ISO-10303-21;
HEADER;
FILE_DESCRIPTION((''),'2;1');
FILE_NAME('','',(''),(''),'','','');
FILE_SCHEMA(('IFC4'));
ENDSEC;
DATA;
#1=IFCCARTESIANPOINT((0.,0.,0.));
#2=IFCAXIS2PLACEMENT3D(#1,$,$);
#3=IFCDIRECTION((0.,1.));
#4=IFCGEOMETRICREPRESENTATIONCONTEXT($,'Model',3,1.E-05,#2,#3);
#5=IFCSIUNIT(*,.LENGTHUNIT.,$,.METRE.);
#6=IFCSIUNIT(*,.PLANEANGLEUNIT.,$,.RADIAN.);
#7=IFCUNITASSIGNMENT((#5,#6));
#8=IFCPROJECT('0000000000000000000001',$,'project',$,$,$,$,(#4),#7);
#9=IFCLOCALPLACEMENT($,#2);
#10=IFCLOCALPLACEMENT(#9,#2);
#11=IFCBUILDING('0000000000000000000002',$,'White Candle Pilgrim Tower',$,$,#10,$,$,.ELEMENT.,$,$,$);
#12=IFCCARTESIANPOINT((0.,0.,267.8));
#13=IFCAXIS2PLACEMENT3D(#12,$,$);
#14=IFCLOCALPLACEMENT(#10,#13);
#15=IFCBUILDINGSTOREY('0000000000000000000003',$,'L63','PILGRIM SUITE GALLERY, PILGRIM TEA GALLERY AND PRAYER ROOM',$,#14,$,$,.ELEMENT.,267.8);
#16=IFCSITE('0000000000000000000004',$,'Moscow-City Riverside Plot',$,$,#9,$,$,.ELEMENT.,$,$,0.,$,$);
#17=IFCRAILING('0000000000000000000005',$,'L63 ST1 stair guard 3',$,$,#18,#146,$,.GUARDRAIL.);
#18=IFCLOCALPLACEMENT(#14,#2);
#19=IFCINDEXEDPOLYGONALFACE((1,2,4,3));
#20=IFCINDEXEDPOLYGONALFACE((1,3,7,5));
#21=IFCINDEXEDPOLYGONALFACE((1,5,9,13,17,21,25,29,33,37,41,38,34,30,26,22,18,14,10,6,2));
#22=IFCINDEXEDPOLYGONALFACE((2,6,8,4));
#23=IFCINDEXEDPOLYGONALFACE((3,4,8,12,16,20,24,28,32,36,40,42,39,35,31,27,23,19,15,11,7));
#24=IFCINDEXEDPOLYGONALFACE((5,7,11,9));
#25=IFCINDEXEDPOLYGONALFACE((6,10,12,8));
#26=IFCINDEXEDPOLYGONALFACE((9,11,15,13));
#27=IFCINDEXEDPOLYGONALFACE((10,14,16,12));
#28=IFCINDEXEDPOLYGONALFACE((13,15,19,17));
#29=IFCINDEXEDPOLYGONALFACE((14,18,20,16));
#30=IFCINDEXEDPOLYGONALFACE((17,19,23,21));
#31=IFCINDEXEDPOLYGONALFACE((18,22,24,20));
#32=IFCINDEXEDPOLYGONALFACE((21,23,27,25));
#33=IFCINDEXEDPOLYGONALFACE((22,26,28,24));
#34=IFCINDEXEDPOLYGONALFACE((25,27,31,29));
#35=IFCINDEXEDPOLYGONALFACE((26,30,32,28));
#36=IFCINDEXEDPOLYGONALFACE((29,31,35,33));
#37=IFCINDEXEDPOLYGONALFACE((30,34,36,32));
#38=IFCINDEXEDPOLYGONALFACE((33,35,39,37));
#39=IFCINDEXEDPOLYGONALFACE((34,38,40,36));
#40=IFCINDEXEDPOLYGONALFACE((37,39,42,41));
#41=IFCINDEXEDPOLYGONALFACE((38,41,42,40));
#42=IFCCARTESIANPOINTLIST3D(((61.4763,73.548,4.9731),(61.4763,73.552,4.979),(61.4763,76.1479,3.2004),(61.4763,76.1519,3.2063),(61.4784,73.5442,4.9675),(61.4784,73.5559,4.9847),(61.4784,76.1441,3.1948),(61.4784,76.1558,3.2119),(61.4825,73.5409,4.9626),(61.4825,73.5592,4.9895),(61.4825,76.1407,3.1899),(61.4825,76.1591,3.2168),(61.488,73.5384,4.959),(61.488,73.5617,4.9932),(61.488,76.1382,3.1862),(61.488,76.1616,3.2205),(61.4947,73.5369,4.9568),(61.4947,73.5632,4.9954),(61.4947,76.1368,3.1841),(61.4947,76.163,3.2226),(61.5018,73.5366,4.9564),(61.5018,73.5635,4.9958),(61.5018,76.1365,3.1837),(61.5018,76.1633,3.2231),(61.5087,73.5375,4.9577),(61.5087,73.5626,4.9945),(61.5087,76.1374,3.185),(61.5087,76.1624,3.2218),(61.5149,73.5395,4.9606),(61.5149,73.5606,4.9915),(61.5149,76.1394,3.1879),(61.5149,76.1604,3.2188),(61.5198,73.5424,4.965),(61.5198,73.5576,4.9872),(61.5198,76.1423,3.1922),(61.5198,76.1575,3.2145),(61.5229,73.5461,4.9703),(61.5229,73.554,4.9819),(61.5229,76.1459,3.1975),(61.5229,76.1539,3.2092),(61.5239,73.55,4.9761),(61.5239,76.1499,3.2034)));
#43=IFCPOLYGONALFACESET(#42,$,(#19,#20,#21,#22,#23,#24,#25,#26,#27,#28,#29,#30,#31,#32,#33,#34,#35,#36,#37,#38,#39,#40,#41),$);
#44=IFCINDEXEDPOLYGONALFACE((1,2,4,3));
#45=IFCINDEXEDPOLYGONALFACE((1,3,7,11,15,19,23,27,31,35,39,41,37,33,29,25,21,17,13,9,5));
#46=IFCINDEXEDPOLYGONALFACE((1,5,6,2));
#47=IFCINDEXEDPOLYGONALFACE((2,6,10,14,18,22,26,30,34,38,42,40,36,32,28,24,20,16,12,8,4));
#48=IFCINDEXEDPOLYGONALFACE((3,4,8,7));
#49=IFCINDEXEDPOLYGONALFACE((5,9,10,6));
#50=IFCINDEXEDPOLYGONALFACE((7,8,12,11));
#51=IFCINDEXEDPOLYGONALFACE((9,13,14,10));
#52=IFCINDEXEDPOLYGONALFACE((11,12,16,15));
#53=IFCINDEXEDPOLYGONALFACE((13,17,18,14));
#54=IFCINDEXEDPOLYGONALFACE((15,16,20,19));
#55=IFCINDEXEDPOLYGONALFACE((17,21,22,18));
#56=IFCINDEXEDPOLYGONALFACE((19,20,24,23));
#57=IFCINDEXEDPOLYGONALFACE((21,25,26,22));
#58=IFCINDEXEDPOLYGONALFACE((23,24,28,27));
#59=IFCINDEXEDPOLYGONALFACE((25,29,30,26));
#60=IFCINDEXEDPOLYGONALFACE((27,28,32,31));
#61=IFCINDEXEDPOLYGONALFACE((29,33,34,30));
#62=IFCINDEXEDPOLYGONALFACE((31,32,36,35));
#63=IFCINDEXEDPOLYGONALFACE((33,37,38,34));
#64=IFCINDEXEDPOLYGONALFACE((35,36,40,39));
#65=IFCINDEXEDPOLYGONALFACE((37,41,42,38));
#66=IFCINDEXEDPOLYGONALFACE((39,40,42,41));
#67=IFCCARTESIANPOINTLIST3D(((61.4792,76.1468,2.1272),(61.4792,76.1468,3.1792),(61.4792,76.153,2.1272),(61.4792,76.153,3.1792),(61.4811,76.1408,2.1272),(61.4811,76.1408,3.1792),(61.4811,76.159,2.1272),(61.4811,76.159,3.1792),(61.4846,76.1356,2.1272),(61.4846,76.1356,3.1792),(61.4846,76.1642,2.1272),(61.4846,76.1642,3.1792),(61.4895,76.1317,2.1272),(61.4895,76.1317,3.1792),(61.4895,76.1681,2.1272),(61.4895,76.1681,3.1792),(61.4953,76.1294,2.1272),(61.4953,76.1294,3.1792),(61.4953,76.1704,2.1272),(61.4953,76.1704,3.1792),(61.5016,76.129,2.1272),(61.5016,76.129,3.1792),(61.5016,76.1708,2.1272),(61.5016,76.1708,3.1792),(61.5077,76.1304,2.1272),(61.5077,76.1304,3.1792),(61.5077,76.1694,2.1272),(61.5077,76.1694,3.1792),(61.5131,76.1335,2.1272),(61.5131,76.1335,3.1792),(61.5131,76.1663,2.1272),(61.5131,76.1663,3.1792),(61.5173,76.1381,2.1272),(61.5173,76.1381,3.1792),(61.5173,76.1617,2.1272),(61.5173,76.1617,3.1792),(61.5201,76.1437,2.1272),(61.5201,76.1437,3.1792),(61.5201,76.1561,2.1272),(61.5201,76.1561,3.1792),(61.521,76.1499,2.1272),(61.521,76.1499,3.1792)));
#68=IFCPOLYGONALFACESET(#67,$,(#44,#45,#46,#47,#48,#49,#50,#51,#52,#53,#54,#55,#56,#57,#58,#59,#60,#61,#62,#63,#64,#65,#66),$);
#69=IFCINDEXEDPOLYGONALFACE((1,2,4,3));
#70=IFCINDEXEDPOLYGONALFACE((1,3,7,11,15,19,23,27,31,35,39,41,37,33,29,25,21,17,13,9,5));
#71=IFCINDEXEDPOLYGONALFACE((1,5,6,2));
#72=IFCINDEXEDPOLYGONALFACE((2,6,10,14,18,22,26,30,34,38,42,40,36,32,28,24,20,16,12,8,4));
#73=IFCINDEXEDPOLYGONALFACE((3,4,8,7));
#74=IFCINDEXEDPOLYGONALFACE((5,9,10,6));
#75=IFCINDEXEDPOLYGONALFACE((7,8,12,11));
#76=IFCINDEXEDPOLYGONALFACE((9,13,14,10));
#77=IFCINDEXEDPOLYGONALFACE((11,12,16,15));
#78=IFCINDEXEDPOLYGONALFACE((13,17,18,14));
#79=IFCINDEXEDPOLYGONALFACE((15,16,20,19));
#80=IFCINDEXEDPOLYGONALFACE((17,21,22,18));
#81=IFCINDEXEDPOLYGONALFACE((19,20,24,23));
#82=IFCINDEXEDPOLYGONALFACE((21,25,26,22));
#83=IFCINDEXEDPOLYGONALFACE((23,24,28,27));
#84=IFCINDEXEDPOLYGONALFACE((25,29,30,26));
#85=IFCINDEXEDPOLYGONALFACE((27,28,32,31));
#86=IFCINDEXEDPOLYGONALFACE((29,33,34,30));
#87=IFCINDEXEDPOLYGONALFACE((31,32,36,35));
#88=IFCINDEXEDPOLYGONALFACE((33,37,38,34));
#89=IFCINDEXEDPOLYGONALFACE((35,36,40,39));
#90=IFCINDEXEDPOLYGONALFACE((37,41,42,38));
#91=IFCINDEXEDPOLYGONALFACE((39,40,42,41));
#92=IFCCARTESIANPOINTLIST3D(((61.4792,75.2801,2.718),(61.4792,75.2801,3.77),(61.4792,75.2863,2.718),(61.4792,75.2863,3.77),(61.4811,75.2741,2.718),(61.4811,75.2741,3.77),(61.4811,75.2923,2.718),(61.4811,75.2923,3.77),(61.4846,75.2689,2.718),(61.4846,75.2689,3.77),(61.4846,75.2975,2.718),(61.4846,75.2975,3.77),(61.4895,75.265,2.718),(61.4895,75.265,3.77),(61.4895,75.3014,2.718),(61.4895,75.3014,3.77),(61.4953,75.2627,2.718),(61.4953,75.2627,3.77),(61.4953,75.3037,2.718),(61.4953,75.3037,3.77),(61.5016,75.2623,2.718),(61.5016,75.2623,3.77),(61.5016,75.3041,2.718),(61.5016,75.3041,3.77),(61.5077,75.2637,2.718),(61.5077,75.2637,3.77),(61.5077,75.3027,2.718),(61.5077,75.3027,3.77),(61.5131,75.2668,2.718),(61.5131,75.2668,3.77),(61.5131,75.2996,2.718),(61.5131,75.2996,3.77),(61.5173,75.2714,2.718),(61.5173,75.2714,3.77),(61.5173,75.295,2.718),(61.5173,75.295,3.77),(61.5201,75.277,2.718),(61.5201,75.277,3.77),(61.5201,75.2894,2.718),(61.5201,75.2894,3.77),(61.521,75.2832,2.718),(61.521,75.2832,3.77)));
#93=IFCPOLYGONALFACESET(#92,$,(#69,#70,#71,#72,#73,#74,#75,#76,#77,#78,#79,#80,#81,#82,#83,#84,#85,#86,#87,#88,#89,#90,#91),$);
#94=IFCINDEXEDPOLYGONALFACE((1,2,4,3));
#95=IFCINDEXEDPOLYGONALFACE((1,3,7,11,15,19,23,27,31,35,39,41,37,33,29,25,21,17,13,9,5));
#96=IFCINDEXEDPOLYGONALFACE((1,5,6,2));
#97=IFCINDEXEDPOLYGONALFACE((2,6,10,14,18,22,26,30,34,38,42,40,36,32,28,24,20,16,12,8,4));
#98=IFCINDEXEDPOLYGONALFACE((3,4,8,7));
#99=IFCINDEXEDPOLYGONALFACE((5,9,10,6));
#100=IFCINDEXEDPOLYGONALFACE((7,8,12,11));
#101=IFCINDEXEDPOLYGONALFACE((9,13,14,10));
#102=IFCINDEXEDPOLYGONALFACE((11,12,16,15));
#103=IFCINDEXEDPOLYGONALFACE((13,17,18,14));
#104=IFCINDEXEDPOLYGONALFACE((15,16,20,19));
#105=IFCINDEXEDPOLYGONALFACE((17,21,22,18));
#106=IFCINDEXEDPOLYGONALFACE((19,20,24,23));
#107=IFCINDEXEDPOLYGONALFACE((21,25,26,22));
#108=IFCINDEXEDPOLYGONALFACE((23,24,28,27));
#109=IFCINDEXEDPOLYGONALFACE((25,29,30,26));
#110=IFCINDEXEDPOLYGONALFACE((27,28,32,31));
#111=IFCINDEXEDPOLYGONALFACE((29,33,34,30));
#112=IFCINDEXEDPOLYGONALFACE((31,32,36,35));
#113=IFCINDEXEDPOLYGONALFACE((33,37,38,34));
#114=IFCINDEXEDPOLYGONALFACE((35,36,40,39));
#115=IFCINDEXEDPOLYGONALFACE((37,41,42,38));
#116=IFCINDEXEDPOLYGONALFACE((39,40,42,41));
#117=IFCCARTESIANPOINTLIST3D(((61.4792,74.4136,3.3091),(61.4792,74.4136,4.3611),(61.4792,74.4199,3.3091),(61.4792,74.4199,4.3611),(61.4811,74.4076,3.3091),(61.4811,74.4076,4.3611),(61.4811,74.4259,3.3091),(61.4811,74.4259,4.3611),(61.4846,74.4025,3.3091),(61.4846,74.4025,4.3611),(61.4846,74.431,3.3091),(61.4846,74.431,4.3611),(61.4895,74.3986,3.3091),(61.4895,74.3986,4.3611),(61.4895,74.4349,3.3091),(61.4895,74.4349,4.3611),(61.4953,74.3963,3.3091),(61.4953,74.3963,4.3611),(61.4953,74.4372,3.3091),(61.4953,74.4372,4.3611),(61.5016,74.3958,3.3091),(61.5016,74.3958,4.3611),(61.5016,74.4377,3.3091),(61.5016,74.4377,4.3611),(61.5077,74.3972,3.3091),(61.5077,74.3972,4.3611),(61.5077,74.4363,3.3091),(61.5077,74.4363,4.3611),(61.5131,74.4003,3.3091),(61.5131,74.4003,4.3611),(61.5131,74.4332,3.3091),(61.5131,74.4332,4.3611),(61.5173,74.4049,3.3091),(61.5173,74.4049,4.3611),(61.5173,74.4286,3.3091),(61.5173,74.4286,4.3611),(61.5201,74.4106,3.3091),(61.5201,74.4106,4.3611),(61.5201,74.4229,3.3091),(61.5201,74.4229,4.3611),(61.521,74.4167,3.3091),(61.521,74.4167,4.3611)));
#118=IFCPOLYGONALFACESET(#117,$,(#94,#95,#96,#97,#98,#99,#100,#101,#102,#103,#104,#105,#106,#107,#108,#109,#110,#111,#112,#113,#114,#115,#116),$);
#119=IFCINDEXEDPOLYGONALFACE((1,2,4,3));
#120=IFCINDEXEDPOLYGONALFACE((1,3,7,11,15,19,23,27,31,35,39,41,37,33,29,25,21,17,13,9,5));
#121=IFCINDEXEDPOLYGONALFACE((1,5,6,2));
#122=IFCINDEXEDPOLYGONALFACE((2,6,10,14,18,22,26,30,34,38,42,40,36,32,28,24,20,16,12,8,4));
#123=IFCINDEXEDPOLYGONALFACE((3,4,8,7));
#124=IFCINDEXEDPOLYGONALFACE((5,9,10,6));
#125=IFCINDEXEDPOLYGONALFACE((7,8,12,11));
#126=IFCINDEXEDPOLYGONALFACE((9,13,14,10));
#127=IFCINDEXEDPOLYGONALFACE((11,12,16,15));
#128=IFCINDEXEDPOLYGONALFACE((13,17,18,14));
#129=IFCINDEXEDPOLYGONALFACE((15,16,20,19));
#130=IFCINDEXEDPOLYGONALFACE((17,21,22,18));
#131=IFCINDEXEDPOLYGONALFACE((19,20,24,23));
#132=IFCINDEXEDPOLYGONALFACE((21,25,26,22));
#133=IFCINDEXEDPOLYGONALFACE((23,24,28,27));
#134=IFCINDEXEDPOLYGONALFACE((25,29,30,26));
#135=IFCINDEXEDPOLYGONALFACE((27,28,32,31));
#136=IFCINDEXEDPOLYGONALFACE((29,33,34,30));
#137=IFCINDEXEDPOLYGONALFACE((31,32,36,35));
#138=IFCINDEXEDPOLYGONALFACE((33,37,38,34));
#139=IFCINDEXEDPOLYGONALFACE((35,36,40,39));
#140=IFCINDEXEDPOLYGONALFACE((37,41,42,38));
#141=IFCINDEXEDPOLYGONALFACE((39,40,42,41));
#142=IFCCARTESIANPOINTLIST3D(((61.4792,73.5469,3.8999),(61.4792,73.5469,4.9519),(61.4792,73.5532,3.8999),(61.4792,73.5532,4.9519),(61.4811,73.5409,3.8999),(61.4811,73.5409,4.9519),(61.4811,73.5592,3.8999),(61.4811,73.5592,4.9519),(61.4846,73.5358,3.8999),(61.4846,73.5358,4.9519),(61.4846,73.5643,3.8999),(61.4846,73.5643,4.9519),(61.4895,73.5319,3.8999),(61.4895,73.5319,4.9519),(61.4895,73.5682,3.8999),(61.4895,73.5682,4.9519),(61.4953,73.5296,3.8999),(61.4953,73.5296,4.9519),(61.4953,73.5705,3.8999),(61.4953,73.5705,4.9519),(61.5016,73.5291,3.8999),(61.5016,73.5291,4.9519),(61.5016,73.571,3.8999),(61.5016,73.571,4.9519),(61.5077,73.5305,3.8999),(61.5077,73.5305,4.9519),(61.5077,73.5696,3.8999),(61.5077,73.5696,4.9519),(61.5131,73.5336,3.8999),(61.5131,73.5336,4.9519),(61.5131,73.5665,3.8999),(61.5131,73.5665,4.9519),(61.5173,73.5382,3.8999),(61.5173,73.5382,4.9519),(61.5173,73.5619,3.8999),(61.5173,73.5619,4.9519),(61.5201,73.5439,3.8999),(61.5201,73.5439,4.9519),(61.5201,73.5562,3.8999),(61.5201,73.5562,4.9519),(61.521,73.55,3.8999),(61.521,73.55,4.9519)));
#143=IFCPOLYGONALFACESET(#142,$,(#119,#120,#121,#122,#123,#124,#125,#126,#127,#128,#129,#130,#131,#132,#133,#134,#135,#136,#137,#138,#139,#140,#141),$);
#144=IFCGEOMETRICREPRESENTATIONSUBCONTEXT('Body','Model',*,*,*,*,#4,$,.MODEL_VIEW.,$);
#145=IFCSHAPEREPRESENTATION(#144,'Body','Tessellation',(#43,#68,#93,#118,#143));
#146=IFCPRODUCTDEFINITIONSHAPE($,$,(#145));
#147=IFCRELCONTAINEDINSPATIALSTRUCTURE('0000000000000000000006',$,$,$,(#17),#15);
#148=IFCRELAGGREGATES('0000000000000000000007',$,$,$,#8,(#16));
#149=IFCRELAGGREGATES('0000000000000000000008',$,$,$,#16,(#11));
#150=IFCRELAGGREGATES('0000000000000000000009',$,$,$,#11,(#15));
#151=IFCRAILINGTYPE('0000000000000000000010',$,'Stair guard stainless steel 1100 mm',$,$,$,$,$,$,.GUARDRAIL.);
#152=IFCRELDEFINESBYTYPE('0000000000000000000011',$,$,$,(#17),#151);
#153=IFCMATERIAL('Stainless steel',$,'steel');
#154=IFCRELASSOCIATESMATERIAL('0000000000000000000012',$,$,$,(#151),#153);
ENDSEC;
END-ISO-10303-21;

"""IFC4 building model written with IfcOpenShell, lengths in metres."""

from ifc_helpers import new_model, si_unit, direction, frame, origin, origin_2d, place, context, subcontext, project, spatial, circle, extrude, material, type_object, element, save


model = new_model("IFC4")

# Units and contexts
model_context = context("Model", 3, precision=1e-05, world=origin(), true_north=direction((0.0, 1.0)))
body_context = subcontext(model_context, "Body", "Model", "MODEL_VIEW")
ifc_project = project(units=[si_unit("LENGTHUNIT", "METRE"), si_unit("PLANEANGLEUNIT", "RADIAN")], contexts=[model_context])

# Site, building, storey
site_placement = place(None, origin())
site = spatial("IfcSite", under=ifc_project, at=site_placement, Name="Moscow-City Riverside Plot", CompositionType="ELEMENT", RefElevation=0.0)
building_placement = place(site_placement, origin())
building = spatial("IfcBuilding", under=site, at=building_placement, Name="White Candle Pilgrim Tower", CompositionType="ELEMENT")
storey_placement = place(building_placement, frame((0.0, 0.0, 267.8)))
storey = spatial("IfcBuildingStorey", under=building, at=storey_placement, Name="L63", Description="PILGRIM SUITE GALLERY, PILGRIM TEA GALLERY AND PRAYER ROOM", CompositionType="ELEMENT", Elevation=267.8)

# Shared definitions
ifc_material_1 = material(Name="Stainless steel", Category="steel")

# Railing
railing_type = type_object("IfcRailingType", Name="Stair guard stainless steel 1100 mm", PredefinedType="GUARDRAIL", material=ifc_material_1)
railing_1_placement = place(storey_placement, frame((61.5, 76.1499, 2.1272)))
element("IfcRailing", 1, at=railing_1_placement, inside=storey, type_object=railing_type, Name="L63 ST1 stair guard 3", PredefinedType="GUARDRAIL", context=body_context, shape_type="SweptSolid", body=[
    extrude(circle(Radius=0.0239, at=origin_2d()), frame((0.0, 0.0, 1.0762), z_axis=(0.0, -0.826216, 0.563354), x_axis=(1.0, 0.0, 0.0)), (0.0, 0.0, 1.0), 3.1467),
    extrude(circle(Radius=0.021, at=origin_2d()), origin(), (0.0, 0.0, 1.0), 1.052),
    extrude(circle(Radius=0.021, at=origin_2d()), frame((0.0, -0.8667, 0.5908)), (0.0, 0.0, 1.0), 1.052),
    extrude(circle(Radius=0.021, at=origin_2d()), frame((0.0, -1.7332, 1.1819)), (0.0, 0.0, 1.0), 1.052),
    extrude(circle(Radius=0.021, at=origin_2d()), frame((0.0, -2.5999, 1.7727)), (0.0, 0.0, 1.0), 1.052),
])

save(model, "model.ifc")
